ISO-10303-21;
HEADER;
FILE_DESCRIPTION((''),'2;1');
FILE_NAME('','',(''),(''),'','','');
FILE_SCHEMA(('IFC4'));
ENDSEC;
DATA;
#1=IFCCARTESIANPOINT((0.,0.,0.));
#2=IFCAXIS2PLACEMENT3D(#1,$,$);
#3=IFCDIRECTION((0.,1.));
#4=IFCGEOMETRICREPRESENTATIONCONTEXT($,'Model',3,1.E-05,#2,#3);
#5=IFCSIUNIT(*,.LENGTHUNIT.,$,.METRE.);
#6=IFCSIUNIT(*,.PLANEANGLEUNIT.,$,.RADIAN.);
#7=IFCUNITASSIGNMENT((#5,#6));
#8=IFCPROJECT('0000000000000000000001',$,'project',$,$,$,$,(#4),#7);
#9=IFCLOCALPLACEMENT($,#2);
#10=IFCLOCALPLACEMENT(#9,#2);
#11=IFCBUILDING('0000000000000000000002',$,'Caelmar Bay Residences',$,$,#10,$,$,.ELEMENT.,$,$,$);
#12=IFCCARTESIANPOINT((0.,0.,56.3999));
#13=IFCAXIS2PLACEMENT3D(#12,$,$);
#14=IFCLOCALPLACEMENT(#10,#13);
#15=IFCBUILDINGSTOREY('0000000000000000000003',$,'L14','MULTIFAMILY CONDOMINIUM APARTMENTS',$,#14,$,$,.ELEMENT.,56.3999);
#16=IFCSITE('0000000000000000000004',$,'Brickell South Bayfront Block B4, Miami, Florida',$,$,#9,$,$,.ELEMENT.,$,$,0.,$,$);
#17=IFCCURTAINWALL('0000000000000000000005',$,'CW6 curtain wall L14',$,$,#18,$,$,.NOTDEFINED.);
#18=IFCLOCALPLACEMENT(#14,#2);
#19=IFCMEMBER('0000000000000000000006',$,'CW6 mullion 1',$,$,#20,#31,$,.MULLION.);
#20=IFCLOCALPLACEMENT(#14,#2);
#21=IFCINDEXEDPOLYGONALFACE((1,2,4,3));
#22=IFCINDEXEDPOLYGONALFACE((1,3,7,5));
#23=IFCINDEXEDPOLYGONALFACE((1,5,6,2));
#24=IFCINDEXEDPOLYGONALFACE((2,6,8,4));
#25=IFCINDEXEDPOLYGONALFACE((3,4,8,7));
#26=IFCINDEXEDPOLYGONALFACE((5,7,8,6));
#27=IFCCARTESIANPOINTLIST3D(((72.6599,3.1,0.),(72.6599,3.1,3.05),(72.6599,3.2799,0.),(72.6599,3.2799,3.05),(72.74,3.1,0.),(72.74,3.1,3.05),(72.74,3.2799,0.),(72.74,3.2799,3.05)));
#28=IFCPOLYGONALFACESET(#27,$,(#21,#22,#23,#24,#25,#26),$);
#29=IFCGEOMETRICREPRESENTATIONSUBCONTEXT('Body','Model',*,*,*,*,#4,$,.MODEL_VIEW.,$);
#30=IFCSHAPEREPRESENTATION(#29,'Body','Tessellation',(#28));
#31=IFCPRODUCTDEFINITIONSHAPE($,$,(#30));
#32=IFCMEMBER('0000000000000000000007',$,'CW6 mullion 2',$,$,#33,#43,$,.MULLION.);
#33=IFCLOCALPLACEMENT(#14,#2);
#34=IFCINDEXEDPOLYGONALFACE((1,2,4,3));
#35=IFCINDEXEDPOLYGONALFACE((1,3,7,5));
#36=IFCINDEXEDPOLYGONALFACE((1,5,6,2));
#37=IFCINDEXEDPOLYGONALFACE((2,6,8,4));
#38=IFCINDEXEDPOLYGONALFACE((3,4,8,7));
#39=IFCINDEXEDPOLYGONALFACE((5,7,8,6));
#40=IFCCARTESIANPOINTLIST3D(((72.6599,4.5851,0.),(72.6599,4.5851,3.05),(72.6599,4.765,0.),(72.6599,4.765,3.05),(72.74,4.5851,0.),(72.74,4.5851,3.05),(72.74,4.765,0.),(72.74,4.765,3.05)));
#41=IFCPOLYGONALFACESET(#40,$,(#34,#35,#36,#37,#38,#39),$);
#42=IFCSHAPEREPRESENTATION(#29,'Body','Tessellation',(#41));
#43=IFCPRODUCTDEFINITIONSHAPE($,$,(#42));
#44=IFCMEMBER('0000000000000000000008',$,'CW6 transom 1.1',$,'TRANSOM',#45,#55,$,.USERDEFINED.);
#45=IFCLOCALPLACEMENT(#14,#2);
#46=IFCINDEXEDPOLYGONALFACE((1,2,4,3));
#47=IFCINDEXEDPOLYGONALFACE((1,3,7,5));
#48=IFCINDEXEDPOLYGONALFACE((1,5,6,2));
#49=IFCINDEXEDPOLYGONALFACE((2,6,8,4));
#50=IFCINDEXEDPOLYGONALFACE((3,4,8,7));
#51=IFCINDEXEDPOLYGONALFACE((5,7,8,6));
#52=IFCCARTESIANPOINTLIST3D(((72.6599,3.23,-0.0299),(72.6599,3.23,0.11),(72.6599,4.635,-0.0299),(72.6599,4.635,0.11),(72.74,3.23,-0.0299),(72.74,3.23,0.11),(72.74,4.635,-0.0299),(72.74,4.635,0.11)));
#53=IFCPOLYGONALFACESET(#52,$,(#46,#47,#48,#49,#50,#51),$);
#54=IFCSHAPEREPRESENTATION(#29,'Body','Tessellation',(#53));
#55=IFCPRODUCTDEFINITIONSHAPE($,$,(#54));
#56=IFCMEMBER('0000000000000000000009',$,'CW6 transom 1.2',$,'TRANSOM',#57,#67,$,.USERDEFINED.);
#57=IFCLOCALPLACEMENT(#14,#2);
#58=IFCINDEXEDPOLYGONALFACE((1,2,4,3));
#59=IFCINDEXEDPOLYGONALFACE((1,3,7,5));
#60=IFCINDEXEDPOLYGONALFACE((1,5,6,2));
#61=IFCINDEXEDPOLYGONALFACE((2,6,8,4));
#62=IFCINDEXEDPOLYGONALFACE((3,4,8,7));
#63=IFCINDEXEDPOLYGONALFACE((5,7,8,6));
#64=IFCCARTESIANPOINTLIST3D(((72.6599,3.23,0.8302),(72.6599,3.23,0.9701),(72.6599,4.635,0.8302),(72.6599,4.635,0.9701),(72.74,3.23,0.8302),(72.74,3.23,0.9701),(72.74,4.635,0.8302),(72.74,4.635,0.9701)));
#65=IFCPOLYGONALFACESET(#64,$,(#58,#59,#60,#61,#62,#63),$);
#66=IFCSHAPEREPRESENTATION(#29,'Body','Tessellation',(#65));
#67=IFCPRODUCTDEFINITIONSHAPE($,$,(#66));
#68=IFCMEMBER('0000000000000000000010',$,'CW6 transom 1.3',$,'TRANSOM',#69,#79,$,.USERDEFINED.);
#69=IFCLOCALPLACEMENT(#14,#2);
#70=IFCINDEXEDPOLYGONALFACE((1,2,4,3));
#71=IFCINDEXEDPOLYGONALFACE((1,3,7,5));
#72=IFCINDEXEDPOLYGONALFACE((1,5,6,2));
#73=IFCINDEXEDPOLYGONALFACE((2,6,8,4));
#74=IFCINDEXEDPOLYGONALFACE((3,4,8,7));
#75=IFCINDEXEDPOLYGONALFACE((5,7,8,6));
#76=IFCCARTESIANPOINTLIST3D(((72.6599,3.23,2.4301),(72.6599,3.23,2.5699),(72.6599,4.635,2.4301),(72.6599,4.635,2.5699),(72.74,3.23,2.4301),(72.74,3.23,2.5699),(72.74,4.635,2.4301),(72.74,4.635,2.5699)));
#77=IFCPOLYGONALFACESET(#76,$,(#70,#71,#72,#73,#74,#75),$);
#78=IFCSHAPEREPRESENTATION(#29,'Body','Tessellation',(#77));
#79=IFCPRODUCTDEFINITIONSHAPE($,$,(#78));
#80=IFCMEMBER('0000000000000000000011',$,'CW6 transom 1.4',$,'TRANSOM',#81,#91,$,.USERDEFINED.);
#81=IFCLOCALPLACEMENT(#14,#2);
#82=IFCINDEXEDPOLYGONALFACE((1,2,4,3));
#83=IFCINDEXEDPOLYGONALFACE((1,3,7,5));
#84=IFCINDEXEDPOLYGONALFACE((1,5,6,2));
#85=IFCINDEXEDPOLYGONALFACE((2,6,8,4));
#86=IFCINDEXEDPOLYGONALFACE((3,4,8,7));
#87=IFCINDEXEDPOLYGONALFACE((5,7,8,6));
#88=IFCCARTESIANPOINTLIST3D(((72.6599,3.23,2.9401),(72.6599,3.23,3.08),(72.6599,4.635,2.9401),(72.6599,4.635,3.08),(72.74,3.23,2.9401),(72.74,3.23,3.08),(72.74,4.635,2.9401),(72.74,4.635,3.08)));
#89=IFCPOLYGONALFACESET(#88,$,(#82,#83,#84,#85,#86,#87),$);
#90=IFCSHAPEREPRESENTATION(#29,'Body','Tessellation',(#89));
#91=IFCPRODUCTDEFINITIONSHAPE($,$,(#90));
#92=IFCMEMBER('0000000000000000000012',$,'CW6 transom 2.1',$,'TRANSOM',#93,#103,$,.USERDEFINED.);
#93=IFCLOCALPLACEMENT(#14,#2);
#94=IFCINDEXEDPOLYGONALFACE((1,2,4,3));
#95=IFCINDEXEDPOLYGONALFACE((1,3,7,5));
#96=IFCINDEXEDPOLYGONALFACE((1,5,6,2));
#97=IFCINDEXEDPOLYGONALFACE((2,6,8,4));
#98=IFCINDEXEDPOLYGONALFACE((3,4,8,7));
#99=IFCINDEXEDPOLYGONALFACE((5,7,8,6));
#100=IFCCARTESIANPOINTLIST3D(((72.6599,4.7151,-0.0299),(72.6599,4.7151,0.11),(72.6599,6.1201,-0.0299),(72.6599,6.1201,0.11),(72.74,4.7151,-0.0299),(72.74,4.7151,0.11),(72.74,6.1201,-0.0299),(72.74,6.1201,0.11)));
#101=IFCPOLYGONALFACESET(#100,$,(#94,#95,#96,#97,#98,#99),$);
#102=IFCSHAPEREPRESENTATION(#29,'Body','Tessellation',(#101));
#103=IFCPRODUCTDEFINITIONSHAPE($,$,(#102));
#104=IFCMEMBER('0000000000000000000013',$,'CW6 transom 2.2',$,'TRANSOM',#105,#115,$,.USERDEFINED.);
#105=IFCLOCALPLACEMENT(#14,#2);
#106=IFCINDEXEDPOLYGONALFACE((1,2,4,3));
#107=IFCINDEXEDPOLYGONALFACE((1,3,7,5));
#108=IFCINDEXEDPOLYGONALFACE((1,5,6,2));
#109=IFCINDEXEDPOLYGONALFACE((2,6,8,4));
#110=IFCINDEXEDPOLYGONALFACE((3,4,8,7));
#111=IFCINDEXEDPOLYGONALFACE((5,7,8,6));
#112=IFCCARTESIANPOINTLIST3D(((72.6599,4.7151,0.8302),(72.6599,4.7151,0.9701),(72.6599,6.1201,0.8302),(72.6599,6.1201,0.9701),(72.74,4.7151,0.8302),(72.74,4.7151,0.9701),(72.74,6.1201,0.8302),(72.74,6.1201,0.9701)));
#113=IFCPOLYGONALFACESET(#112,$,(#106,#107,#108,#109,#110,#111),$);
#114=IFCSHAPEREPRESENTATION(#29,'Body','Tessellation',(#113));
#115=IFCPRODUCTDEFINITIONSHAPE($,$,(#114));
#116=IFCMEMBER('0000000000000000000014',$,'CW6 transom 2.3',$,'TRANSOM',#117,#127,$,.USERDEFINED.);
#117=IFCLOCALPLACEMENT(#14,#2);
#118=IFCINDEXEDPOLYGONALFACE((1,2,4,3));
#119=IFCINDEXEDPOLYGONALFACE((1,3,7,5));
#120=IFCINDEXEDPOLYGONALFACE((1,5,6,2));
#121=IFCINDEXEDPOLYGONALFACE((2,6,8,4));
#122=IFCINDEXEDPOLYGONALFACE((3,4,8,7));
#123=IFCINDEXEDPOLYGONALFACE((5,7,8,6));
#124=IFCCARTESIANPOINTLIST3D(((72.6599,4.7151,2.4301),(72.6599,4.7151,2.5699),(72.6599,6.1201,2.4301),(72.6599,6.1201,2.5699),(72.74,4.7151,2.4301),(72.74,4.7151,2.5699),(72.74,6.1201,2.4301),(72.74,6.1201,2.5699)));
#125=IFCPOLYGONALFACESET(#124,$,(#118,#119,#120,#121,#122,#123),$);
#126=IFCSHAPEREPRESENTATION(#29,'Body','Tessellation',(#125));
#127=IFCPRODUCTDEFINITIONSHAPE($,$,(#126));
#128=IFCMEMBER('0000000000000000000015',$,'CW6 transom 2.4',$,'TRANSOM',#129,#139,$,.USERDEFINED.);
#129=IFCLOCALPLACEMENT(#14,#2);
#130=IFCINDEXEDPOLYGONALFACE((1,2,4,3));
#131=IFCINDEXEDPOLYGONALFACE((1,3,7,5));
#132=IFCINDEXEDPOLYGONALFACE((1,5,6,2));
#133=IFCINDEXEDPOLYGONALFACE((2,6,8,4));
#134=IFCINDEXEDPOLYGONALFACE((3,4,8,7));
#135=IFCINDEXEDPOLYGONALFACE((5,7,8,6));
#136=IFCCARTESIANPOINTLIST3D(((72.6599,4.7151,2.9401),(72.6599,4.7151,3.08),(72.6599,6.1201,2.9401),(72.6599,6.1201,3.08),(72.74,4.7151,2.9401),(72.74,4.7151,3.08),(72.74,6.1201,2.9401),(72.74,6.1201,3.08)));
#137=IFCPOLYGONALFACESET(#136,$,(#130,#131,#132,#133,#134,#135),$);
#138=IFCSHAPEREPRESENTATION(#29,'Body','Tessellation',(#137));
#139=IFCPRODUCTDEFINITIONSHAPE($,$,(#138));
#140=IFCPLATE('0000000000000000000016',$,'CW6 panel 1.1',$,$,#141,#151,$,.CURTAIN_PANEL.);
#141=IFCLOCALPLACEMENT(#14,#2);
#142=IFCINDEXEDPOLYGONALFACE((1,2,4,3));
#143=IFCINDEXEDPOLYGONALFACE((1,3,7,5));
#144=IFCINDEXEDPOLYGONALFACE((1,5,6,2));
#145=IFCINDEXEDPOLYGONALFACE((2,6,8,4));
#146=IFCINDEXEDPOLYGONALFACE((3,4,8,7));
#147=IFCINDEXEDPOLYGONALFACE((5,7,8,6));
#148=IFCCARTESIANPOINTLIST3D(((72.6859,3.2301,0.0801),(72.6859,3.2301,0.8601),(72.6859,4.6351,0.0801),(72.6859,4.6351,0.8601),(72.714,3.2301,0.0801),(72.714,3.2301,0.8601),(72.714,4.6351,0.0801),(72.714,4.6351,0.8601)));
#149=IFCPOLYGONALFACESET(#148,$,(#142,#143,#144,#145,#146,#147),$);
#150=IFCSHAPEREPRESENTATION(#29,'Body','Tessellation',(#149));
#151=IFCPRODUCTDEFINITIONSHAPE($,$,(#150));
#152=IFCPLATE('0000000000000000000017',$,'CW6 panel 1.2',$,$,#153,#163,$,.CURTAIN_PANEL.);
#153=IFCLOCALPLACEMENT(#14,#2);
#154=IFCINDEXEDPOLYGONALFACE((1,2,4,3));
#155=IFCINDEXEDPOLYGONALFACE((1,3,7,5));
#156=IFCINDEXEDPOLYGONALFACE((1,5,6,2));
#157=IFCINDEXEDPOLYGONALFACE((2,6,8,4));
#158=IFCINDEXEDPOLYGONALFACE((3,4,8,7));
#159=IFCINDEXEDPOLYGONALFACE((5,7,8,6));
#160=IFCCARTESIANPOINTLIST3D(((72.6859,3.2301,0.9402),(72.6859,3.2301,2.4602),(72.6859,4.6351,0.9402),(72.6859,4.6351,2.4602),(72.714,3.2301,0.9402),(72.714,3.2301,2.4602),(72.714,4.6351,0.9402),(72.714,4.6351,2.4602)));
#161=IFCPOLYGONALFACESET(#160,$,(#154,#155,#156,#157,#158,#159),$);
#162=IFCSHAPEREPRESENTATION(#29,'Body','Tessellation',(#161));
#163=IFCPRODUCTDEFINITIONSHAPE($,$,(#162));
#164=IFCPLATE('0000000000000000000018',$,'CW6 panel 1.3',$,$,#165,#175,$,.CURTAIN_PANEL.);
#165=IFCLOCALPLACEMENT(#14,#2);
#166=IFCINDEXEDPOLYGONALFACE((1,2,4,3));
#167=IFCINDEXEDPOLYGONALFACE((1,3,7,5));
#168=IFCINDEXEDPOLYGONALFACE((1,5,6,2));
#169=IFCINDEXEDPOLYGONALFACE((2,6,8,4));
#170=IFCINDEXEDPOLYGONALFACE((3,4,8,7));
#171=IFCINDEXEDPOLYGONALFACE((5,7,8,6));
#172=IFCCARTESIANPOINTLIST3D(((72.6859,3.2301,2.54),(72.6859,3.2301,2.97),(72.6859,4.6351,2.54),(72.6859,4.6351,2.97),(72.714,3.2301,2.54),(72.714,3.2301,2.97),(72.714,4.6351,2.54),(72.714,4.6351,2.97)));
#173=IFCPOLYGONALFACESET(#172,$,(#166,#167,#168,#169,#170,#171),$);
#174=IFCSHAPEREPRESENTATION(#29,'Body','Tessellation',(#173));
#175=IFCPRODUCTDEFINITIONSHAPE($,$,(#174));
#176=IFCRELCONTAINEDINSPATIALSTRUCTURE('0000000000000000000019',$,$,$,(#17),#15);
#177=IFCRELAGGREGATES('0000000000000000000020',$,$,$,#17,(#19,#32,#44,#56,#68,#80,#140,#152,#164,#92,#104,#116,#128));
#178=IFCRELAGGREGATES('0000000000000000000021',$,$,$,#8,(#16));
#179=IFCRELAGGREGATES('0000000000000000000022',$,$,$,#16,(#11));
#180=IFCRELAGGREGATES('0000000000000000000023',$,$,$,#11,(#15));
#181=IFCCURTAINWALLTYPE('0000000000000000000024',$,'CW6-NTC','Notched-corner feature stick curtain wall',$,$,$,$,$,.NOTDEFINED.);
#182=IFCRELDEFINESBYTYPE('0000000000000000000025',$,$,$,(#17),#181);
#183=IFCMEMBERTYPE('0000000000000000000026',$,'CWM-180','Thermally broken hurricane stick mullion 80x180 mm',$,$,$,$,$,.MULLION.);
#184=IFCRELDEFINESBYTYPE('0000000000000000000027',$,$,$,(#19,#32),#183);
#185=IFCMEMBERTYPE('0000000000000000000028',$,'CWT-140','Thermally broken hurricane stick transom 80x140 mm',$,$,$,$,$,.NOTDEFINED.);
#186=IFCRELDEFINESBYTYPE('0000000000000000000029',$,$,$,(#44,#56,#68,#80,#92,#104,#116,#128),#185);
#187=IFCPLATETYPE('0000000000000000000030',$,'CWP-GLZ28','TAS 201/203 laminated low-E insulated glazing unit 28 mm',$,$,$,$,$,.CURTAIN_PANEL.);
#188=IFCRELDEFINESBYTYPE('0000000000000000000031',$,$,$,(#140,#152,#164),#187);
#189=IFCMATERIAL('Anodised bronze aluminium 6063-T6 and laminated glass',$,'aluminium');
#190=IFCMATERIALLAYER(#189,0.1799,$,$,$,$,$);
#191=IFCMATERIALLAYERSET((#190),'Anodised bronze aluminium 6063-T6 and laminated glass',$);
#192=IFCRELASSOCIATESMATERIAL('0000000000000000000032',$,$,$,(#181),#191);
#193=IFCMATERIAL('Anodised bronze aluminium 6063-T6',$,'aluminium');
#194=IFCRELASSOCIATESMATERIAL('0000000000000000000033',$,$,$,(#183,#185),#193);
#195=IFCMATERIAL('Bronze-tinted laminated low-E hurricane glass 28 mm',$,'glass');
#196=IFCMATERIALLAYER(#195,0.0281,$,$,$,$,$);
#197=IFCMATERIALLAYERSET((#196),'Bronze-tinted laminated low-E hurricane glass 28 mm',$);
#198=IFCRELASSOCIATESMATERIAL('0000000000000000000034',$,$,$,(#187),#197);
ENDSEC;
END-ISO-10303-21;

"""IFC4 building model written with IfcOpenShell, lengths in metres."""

from ifc_helpers import new_model, si_unit, direction, frame, origin, origin_2d, place, context, subcontext, project, spatial, rectangle, extrude, material, layer, layer_set, material_profile, profile_set, type_object, element, aggregate, save


model = new_model("IFC4")

# Units and contexts
model_context = context("Model", 3, precision=1e-05, world=origin(), true_north=direction((0.0, 1.0)))
body_context = subcontext(model_context, "Body", "Model", "MODEL_VIEW")
ifc_project = project(units=[si_unit("LENGTHUNIT", "METRE"), si_unit("PLANEANGLEUNIT", "RADIAN")], contexts=[model_context])

# Site, building, storey
site_placement = place(None, origin())
site = spatial("IfcSite", under=ifc_project, at=site_placement, Name="Brickell South Bayfront Block B4, Miami, Florida", CompositionType="ELEMENT", RefElevation=0.0)
building_placement = place(site_placement, origin())
building = spatial("IfcBuilding", under=site, at=building_placement, Name="Caelmar Bay Residences", CompositionType="ELEMENT")
storey_placement = place(building_placement, frame((0.0, 0.0, 56.3999)))
storey = spatial("IfcBuildingStorey", under=building, at=storey_placement, Name="L14", Description="MULTIFAMILY CONDOMINIUM APARTMENTS", CompositionType="ELEMENT", Elevation=56.3999)

# Curtain wall, members, plates
ifc_material_1 = material(Name="Anodised bronze aluminium 6063-T6 and laminated glass", Category="aluminium")
ifc_layer_1 = layer(ifc_material_1, 0.1799)
ifc_layer_set_1 = layer_set([ifc_layer_1], Name="Anodised bronze aluminium 6063-T6 and laminated glass")
curtain_wall_type = type_object("IfcCurtainWallType", Name="CW6-NTC", Description="Notched-corner feature stick curtain wall", PredefinedType="NOTDEFINED", material=ifc_layer_set_1)
curtain_wall_placement = place(storey_placement, origin())
curtain_wall = element("IfcCurtainWall", 1, at=curtain_wall_placement, inside=storey, type_object=curtain_wall_type, Name="CW6 curtain wall L14", PredefinedType="NOTDEFINED")
ifc_material_2 = material(Name="Anodised bronze aluminium 6063-T6", Category="aluminium")
ifc_material_profile_1 = material_profile(ifc_material_2, rectangle(XDim=0.0801, YDim=0.1799, at=origin_2d()), Name="CWM-80X180")
ifc_profile_set_1 = profile_set([ifc_material_profile_1], Name="Anodised bronze aluminium 6063-T6")
member_type_1 = type_object("IfcMemberType", Name="CWM-180", Description="Thermally broken hurricane stick mullion 80x180 mm", PredefinedType="MULLION", material=ifc_profile_set_1)
member_1_placement = place(storey_placement, frame((72.7, 3.1899, 0.0), z_axis=(0.0, 0.0, 1.0), x_axis=(-1.0, 0.0, 0.0)))
member_1 = element("IfcMember", 2, at=member_1_placement, type_object=member_type_1, Name="CW6 mullion 1", PredefinedType="MULLION", context=body_context, shape_type="SweptSolid", body=[
    extrude(rectangle(XDim=0.0801, YDim=0.1799, at=origin_2d()), origin(), (0.0, 0.0, 1.0), 3.05),
])
member_2_placement = place(storey_placement, frame((72.7, 4.675, 0.0), z_axis=(0.0, 0.0, 1.0), x_axis=(-1.0, 0.0, 0.0)))
member_2 = element("IfcMember", 3, at=member_2_placement, type_object=member_type_1, Name="CW6 mullion 2", PredefinedType="MULLION", context=body_context, shape_type="SweptSolid", body=[
    extrude(rectangle(XDim=0.0801, YDim=0.1799, at=origin_2d()), origin(), (0.0, 0.0, 1.0), 3.05),
])
ifc_material_profile_2 = material_profile(ifc_material_2, rectangle(XDim=0.0801, YDim=0.1399, at=origin_2d()), Name="CWT-80X140")
ifc_profile_set_2 = profile_set([ifc_material_profile_2], Name="Anodised bronze aluminium 6063-T6")
member_type_2 = type_object("IfcMemberType", Name="CWT-140", Description="Thermally broken hurricane stick transom 80x140 mm", PredefinedType="NOTDEFINED", material=ifc_profile_set_2)
member_3_placement = place(storey_placement, frame((72.7, 3.23, 0.04), z_axis=(0.0, 1.0, 0.0), x_axis=(-1.0, 0.0, 0.0)))
member_3 = element("IfcMember", 4, at=member_3_placement, type_object=member_type_2, Name="CW6 transom 1.1", ObjectType="TRANSOM", PredefinedType="USERDEFINED", context=body_context, shape_type="SweptSolid", body=[
    extrude(rectangle(XDim=0.0801, YDim=0.1399, at=origin_2d()), origin(), (0.0, 0.0, 1.0), 1.405),
])
member_4_placement = place(storey_placement, frame((72.7, 3.23, 0.9001), z_axis=(0.0, 1.0, 0.0), x_axis=(-1.0, 0.0, 0.0)))
member_4 = element("IfcMember", 5, at=member_4_placement, type_object=member_type_2, Name="CW6 transom 1.2", ObjectType="TRANSOM", PredefinedType="USERDEFINED", context=body_context, shape_type="SweptSolid", body=[
    extrude(rectangle(XDim=0.0801, YDim=0.1399, at=origin_2d()), origin(), (0.0, 0.0, 1.0), 1.405),
])
member_5_placement = place(storey_placement, frame((72.7, 3.23, 2.5), z_axis=(0.0, 1.0, 0.0), x_axis=(-1.0, 0.0, 0.0)))
member_5 = element("IfcMember", 6, at=member_5_placement, type_object=member_type_2, Name="CW6 transom 1.3", ObjectType="TRANSOM", PredefinedType="USERDEFINED", context=body_context, shape_type="SweptSolid", body=[
    extrude(rectangle(XDim=0.0801, YDim=0.1399, at=origin_2d()), origin(), (0.0, 0.0, 1.0), 1.405),
])
member_6_placement = place(storey_placement, frame((72.7, 3.23, 3.01), z_axis=(0.0, 1.0, 0.0), x_axis=(-1.0, 0.0, 0.0)))
member_6 = element("IfcMember", 7, at=member_6_placement, type_object=member_type_2, Name="CW6 transom 1.4", ObjectType="TRANSOM", PredefinedType="USERDEFINED", context=body_context, shape_type="SweptSolid", body=[
    extrude(rectangle(XDim=0.0801, YDim=0.1399, at=origin_2d()), origin(), (0.0, 0.0, 1.0), 1.405),
])
member_7_placement = place(storey_placement, frame((72.7, 4.7151, 0.04), z_axis=(0.0, 1.0, 0.0), x_axis=(-1.0, 0.0, 0.0)))
member_7 = element("IfcMember", 8, at=member_7_placement, type_object=member_type_2, Name="CW6 transom 2.1", ObjectType="TRANSOM", PredefinedType="USERDEFINED", context=body_context, shape_type="SweptSolid", body=[
    extrude(rectangle(XDim=0.0801, YDim=0.1399, at=origin_2d()), origin(), (0.0, 0.0, 1.0), 1.405),
])
member_8_placement = place(storey_placement, frame((72.7, 4.7151, 0.9001), z_axis=(0.0, 1.0, 0.0), x_axis=(-1.0, 0.0, 0.0)))
member_8 = element("IfcMember", 9, at=member_8_placement, type_object=member_type_2, Name="CW6 transom 2.2", ObjectType="TRANSOM", PredefinedType="USERDEFINED", context=body_context, shape_type="SweptSolid", body=[
    extrude(rectangle(XDim=0.0801, YDim=0.1399, at=origin_2d()), origin(), (0.0, 0.0, 1.0), 1.405),
])
member_9_placement = place(storey_placement, frame((72.7, 4.7151, 2.5), z_axis=(0.0, 1.0, 0.0), x_axis=(-1.0, 0.0, 0.0)))
member_9 = element("IfcMember", 10, at=member_9_placement, type_object=member_type_2, Name="CW6 transom 2.3", ObjectType="TRANSOM", PredefinedType="USERDEFINED", context=body_context, shape_type="SweptSolid", body=[
    extrude(rectangle(XDim=0.0801, YDim=0.1399, at=origin_2d()), origin(), (0.0, 0.0, 1.0), 1.405),
])
member_10_placement = place(storey_placement, frame((72.7, 4.7151, 3.01), z_axis=(0.0, 1.0, 0.0), x_axis=(-1.0, 0.0, 0.0)))
member_10 = element("IfcMember", 11, at=member_10_placement, type_object=member_type_2, Name="CW6 transom 2.4", ObjectType="TRANSOM", PredefinedType="USERDEFINED", context=body_context, shape_type="SweptSolid", body=[
    extrude(rectangle(XDim=0.0801, YDim=0.1399, at=origin_2d()), origin(), (0.0, 0.0, 1.0), 1.405),
])
ifc_material_3 = material(Name="Bronze-tinted laminated low-E hurricane glass 28 mm", Category="glass")
ifc_layer_2 = layer(ifc_material_3, 0.0281)
ifc_layer_set_2 = layer_set([ifc_layer_2], Name="Bronze-tinted laminated low-E hurricane glass 28 mm")
plate_type = type_object("IfcPlateType", Name="CWP-GLZ28", Description="TAS 201/203 laminated low-E insulated glazing unit 28 mm", PredefinedType="CURTAIN_PANEL", material=ifc_layer_set_2)
plate_1_placement = place(storey_placement, frame((72.7, 3.9326, 0.0801), z_axis=(0.0, 0.0, 1.0), x_axis=(0.0, 1.0, 0.0)))
plate_1 = element("IfcPlate", 12, at=plate_1_placement, type_object=plate_type, Name="CW6 panel 1.1", PredefinedType="CURTAIN_PANEL", context=body_context, shape_type="SweptSolid", body=[
    extrude(rectangle(XDim=1.405, YDim=0.0281, at=origin_2d()), origin(), (0.0, 0.0, 1.0), 0.78),
])
plate_2_placement = place(storey_placement, frame((72.7, 3.9326, 0.9402), z_axis=(0.0, 0.0, 1.0), x_axis=(0.0, 1.0, 0.0)))
plate_2 = element("IfcPlate", 13, at=plate_2_placement, type_object=plate_type, Name="CW6 panel 1.2", PredefinedType="CURTAIN_PANEL", context=body_context, shape_type="SweptSolid", body=[
    extrude(rectangle(XDim=1.405, YDim=0.0281, at=origin_2d()), origin(), (0.0, 0.0, 1.0), 1.52),
])
plate_3_placement = place(storey_placement, frame((72.7, 3.9326, 2.54), z_axis=(0.0, 0.0, 1.0), x_axis=(0.0, 1.0, 0.0)))
plate_3 = element("IfcPlate", 14, at=plate_3_placement, type_object=plate_type, Name="CW6 panel 1.3", PredefinedType="CURTAIN_PANEL", context=body_context, shape_type="SweptSolid", body=[
    extrude(rectangle(XDim=1.405, YDim=0.0281, at=origin_2d()), origin(), (0.0, 0.0, 1.0), 0.4299),
])
aggregate(curtain_wall, [member_1, member_2, member_3, member_4, member_5, member_6, plate_1, plate_2, plate_3, member_7, member_8, member_9, member_10])

save(model, "model.ifc")
